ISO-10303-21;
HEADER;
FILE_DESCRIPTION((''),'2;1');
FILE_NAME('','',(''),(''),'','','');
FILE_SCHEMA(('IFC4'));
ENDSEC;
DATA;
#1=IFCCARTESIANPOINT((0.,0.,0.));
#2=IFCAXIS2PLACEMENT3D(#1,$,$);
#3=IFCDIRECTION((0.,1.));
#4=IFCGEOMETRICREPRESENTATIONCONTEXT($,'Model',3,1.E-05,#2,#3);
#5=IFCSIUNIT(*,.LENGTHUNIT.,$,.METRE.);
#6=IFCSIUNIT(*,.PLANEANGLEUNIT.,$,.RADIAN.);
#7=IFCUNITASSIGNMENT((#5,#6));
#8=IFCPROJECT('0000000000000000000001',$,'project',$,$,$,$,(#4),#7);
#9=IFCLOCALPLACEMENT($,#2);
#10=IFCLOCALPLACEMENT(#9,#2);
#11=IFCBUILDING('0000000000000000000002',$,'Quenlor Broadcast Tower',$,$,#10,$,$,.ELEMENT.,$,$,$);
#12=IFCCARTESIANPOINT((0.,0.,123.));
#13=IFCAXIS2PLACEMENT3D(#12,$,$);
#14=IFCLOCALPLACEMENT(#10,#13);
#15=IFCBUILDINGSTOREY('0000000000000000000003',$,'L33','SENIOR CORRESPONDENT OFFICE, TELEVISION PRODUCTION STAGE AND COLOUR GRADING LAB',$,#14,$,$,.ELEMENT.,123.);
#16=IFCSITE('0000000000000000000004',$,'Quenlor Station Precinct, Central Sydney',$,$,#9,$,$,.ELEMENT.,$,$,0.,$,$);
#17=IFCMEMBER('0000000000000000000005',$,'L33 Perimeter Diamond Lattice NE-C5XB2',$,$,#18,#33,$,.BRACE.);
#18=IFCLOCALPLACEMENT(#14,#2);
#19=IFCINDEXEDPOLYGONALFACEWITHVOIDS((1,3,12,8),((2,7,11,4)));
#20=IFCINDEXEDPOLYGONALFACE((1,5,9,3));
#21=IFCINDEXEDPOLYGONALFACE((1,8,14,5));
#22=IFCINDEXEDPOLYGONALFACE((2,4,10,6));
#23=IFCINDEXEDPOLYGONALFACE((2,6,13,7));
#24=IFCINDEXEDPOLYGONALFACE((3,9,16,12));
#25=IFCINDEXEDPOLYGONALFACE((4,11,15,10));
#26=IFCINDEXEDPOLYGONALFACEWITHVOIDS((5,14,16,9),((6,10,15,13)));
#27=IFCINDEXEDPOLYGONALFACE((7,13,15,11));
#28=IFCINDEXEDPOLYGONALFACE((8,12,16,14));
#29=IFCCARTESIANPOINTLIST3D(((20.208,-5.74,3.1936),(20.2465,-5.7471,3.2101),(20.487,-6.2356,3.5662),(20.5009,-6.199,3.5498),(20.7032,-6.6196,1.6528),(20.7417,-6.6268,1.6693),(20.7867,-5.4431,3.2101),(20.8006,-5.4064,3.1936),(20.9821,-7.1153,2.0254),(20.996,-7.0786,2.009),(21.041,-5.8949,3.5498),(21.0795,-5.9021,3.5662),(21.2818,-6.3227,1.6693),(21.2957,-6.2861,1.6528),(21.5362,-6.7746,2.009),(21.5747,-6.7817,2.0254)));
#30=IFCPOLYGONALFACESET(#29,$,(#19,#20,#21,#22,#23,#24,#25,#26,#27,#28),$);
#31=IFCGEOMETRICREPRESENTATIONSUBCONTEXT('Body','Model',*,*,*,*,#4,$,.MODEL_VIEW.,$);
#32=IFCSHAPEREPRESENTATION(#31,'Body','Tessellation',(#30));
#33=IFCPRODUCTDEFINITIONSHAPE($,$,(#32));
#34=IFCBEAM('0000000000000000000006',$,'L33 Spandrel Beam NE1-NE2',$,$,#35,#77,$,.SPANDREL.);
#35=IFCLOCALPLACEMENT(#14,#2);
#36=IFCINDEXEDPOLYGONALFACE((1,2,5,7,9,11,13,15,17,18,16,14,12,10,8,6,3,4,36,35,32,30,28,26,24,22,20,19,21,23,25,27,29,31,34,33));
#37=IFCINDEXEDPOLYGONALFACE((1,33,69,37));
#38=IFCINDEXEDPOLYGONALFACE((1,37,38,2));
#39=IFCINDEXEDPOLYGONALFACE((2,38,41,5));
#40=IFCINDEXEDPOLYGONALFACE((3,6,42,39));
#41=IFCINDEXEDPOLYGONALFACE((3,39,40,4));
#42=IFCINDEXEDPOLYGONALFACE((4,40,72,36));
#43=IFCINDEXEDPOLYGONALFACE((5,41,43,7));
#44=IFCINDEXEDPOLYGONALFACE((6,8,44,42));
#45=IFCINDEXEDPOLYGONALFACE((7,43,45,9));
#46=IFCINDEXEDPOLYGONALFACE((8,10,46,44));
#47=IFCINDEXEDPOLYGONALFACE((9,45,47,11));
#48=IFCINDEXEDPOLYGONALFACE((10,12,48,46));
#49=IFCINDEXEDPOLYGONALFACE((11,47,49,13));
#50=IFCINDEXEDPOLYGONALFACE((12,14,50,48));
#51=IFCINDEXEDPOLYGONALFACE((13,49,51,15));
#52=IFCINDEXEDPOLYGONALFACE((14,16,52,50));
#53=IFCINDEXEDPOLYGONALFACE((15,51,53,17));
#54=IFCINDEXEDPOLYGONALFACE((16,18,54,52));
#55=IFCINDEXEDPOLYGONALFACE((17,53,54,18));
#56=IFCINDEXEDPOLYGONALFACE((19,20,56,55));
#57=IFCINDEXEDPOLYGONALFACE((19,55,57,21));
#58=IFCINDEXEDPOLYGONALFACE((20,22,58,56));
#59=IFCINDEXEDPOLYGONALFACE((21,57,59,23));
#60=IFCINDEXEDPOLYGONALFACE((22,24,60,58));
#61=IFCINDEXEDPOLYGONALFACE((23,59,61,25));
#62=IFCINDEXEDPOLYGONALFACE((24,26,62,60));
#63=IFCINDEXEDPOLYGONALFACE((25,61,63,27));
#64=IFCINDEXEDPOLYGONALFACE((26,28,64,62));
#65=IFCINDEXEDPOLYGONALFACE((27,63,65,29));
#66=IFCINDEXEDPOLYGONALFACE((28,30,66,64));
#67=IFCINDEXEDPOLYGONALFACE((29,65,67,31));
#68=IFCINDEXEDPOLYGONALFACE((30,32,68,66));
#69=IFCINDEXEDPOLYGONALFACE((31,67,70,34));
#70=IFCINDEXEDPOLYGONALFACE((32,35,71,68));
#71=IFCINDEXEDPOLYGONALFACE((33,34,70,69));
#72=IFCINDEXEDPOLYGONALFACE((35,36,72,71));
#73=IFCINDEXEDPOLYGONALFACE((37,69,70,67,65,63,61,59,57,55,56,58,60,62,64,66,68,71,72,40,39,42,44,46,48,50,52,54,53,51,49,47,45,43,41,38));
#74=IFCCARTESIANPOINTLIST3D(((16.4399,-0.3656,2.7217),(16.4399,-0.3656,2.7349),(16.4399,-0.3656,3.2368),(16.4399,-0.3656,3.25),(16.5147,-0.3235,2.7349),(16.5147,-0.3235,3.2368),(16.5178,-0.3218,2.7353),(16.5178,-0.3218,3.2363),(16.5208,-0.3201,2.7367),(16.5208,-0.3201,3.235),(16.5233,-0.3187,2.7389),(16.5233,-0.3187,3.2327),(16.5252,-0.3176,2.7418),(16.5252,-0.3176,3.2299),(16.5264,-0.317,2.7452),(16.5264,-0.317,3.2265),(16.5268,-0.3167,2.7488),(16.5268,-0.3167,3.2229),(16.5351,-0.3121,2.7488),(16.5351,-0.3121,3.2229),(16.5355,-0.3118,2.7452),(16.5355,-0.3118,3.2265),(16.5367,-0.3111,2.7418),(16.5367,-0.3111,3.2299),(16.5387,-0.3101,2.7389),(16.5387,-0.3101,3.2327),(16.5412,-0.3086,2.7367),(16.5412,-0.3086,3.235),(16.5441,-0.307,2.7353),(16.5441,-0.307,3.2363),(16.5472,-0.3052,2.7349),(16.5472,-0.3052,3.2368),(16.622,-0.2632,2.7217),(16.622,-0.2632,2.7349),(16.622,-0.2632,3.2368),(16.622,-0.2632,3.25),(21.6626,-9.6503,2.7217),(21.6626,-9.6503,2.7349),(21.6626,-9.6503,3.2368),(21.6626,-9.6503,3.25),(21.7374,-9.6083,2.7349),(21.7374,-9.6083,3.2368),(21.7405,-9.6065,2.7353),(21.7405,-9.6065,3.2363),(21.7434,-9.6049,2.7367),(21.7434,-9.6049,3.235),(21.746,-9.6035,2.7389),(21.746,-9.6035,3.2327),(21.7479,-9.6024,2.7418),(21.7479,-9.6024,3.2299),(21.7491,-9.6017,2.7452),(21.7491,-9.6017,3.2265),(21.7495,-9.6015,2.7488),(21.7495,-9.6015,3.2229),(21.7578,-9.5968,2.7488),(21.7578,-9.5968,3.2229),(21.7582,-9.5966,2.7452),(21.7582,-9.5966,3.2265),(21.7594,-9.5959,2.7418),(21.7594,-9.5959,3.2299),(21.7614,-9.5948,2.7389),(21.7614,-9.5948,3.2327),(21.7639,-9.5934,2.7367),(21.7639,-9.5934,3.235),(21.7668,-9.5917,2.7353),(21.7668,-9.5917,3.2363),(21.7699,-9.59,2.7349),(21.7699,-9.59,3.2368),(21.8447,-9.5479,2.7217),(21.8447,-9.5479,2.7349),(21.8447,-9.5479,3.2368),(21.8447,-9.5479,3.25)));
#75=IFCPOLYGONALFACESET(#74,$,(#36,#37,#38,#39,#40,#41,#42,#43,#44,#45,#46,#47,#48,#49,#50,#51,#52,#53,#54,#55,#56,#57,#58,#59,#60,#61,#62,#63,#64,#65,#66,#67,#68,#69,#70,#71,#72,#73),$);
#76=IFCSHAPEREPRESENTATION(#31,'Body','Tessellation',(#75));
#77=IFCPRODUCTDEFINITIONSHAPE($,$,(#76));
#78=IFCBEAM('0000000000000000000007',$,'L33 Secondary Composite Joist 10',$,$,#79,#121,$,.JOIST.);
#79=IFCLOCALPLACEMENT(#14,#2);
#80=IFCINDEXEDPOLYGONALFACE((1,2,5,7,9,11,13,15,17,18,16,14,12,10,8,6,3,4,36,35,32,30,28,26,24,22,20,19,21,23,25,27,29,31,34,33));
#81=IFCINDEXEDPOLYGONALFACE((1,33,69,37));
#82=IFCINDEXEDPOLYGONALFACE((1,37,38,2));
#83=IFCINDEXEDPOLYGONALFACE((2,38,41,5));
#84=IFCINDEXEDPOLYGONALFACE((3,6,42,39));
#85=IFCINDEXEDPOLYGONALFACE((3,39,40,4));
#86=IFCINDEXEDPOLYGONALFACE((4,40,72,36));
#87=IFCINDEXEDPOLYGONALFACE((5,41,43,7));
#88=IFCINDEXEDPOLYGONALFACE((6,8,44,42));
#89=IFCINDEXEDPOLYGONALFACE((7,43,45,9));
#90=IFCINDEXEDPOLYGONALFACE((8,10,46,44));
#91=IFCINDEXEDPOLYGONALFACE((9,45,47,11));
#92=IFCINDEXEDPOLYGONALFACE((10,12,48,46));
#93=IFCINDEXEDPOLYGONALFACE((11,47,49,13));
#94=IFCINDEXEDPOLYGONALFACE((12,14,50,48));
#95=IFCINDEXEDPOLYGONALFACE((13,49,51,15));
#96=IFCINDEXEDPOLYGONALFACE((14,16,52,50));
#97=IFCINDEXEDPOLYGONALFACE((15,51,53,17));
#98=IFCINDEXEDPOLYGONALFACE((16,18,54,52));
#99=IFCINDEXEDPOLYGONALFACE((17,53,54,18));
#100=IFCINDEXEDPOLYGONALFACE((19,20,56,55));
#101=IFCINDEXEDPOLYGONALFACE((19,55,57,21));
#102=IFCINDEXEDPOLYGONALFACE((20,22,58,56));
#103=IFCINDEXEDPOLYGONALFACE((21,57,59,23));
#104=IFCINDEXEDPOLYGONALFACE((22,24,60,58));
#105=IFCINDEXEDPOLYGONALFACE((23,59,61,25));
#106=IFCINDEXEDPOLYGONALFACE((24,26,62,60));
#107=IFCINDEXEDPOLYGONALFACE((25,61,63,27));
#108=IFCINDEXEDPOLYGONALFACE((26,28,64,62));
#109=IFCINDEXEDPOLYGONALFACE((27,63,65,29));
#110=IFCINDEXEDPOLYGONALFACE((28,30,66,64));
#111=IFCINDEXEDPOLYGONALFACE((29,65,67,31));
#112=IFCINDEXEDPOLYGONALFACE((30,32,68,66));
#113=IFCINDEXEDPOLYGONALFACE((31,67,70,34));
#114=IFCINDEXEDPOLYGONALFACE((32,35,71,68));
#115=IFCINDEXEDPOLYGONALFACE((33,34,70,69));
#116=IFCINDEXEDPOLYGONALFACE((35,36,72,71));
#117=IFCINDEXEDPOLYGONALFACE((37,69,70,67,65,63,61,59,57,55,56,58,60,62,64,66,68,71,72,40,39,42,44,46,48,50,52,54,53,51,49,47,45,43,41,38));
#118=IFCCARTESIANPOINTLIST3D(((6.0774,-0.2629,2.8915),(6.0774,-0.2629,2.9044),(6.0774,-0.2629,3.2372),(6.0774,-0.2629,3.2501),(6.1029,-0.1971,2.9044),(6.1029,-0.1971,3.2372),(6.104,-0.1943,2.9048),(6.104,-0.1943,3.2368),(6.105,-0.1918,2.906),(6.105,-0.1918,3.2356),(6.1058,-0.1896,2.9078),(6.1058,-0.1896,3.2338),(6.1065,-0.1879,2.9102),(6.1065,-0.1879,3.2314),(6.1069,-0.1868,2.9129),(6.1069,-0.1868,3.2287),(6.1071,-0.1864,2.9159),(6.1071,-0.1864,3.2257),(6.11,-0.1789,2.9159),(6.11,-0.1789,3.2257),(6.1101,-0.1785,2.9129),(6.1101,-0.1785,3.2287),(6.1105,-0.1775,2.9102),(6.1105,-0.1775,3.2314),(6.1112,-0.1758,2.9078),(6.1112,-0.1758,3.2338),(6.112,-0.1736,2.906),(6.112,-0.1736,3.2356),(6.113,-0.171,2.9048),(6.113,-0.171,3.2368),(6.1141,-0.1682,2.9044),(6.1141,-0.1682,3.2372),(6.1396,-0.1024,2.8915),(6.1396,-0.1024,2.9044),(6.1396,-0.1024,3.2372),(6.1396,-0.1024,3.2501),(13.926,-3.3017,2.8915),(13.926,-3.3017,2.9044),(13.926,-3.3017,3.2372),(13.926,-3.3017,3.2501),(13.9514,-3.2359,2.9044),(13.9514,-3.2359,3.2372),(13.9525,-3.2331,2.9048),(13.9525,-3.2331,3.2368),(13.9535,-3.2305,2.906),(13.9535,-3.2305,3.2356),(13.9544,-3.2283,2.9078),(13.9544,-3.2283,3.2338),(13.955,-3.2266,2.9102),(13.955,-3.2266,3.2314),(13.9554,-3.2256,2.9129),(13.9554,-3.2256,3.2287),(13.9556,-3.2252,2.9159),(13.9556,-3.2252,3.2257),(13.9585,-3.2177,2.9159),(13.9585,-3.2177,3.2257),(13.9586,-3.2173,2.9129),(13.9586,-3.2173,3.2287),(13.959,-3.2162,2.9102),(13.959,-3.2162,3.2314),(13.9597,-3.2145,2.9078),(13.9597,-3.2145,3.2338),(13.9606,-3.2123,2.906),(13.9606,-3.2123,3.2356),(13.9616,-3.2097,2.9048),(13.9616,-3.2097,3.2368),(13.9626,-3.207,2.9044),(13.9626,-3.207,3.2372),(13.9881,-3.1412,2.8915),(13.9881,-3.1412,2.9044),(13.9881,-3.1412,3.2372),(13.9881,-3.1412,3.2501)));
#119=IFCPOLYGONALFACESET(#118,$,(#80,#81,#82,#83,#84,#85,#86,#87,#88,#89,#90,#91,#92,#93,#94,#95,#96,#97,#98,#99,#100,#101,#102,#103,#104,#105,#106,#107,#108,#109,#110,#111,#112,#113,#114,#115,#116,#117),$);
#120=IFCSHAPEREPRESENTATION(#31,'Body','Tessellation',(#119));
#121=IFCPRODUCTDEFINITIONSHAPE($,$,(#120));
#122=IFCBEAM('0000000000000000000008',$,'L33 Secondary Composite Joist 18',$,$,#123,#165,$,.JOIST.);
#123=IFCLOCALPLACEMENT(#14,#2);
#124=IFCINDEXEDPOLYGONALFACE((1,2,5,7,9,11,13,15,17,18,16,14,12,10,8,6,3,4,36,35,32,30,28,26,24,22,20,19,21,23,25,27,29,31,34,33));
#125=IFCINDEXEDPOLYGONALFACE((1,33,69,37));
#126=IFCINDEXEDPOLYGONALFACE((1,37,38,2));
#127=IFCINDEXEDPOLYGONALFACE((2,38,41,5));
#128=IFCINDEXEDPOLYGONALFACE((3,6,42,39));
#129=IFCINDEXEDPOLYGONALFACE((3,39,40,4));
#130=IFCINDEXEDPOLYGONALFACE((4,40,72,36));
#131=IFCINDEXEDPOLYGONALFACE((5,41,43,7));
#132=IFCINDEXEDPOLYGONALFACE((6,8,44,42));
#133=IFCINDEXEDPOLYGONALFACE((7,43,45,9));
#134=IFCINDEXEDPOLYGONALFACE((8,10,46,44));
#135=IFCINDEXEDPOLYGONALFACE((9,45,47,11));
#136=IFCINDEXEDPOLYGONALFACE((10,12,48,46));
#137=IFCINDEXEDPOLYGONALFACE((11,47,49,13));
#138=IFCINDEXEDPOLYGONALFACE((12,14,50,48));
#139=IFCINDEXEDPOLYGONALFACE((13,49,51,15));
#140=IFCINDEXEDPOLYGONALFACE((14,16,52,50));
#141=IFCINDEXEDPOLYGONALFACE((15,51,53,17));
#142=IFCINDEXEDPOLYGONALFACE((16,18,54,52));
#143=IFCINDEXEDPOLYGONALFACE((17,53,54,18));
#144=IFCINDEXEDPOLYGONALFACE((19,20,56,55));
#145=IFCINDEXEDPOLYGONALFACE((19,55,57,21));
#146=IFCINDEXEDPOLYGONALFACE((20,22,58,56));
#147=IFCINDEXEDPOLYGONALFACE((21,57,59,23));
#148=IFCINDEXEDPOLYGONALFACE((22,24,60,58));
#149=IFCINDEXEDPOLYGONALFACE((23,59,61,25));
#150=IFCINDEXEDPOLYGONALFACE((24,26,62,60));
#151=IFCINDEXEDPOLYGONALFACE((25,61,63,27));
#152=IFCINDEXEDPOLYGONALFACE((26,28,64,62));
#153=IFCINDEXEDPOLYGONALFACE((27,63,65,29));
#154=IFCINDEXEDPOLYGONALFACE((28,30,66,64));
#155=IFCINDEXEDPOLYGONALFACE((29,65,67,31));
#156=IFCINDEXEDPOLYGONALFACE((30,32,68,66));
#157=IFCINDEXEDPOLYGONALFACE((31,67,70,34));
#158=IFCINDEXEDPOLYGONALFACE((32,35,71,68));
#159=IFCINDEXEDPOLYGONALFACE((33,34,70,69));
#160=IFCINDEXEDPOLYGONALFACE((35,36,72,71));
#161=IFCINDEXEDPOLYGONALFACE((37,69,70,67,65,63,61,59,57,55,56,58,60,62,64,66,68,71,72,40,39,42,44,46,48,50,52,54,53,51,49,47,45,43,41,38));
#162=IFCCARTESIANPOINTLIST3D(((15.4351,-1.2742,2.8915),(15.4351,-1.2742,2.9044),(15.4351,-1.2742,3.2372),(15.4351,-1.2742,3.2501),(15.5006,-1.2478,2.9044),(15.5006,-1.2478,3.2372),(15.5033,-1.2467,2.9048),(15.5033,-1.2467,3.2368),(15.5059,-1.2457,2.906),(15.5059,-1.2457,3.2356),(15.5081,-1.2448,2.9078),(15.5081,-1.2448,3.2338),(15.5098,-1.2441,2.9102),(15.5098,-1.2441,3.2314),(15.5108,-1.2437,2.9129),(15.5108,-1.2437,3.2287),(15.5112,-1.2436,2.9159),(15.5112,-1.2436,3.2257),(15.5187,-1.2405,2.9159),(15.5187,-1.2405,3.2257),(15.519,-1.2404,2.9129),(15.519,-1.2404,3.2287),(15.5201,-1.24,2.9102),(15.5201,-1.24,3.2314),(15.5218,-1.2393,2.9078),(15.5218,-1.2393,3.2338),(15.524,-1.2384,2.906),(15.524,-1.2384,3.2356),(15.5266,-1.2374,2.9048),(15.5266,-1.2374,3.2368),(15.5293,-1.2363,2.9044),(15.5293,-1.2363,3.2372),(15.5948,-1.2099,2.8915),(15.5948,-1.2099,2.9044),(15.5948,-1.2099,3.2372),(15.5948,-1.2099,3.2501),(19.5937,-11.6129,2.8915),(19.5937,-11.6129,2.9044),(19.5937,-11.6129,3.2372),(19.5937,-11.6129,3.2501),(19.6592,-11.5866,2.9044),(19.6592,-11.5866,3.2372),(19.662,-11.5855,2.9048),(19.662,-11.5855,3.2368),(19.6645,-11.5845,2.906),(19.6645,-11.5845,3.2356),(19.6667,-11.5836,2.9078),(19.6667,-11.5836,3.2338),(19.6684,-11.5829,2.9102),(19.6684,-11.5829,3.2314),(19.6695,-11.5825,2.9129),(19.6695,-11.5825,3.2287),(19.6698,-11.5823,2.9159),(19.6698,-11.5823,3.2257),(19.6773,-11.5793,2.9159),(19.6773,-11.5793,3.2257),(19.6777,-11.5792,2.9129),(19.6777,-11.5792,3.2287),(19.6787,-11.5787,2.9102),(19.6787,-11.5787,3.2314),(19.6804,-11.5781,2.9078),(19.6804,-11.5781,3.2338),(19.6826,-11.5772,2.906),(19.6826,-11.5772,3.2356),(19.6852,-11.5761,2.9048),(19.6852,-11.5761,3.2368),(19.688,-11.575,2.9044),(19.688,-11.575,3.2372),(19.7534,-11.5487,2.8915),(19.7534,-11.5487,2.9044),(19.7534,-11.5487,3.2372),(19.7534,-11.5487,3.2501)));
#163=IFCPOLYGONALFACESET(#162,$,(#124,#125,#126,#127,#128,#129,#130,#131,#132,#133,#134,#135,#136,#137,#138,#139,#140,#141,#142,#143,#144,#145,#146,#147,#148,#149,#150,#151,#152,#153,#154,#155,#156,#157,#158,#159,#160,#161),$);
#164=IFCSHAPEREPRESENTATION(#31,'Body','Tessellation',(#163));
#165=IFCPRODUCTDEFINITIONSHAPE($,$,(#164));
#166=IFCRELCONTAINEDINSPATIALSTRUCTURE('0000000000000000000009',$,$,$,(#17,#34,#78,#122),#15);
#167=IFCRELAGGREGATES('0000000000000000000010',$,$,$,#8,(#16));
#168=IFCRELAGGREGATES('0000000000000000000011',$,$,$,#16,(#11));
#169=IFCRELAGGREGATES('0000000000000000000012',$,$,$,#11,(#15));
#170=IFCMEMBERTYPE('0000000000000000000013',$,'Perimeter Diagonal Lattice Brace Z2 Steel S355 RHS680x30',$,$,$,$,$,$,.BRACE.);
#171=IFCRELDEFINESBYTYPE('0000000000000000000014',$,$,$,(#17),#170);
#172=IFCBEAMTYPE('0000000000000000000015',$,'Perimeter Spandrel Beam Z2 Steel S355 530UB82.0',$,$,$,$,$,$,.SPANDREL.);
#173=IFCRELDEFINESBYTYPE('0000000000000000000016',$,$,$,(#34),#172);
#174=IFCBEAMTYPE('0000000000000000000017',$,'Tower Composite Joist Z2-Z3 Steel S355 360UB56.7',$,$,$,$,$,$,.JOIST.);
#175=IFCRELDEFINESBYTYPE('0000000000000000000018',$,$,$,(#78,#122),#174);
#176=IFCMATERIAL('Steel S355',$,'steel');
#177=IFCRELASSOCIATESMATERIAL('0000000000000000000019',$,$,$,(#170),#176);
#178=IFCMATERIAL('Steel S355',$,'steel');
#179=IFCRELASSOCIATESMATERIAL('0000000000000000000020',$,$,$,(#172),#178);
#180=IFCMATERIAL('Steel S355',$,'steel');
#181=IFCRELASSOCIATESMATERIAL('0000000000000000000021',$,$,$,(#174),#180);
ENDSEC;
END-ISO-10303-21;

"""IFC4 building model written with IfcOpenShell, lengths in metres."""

from ifc_helpers import new_model, si_unit, direction, frame, origin, origin_2d, place, context, subcontext, project, spatial, hollow_rectangle, i_section, extrude, material, material_profile, profile_set, type_object, element, save


model = new_model("IFC4")

# Units and contexts
model_context = context("Model", 3, precision=1e-05, world=origin(), true_north=direction((0.0, 1.0)))
body_context = subcontext(model_context, "Body", "Model", "MODEL_VIEW")
ifc_project = project(units=[si_unit("LENGTHUNIT", "METRE"), si_unit("PLANEANGLEUNIT", "RADIAN")], contexts=[model_context])

# Site, building, storey
site_placement = place(None, origin())
site = spatial("IfcSite", under=ifc_project, at=site_placement, Name="Quenlor Station Precinct, Central Sydney", CompositionType="ELEMENT", RefElevation=0.0)
building_placement = place(site_placement, origin())
building = spatial("IfcBuilding", under=site, at=building_placement, Name="Quenlor Broadcast Tower", CompositionType="ELEMENT")
storey_placement = place(building_placement, frame((0.0, 0.0, 123.0)))
storey = spatial("IfcBuildingStorey", under=building, at=storey_placement, Name="L33", Description="SENIOR CORRESPONDENT OFFICE, TELEVISION PRODUCTION STAGE AND COLOUR GRADING LAB", CompositionType="ELEMENT", Elevation=123.0)

# Member
ifc_material_1 = material(Name="Steel S355", Category="steel")
ifc_material_profile_1 = material_profile(ifc_material_1, hollow_rectangle(XDim=0.6799, YDim=0.6799, WallThickness=0.03, at=origin_2d()))
ifc_profile_set_1 = profile_set([ifc_material_profile_1], Name="Steel S355 RHS680x680x30")
member_type_1 = type_object("IfcMemberType", Name="Perimeter Diagonal Lattice Brace Z2 Steel S355 RHS680x30", PredefinedType="BRACE", material=ifc_profile_set_1)
member_1_placement = place(storey_placement, frame((21.1389, -6.7007, 1.8391), z_axis=(-0.268797, 0.477551, 0.836477), x_axis=(-0.87144, -0.490502, 0.0)))
element("IfcMember", 1, at=member_1_placement, inside=storey, type_object=member_type_1, Name="L33 Perimeter Diamond Lattice NE-C5XB2", PredefinedType="BRACE", context=body_context, shape_type="SweptSolid", body=[
    extrude(hollow_rectangle(XDim=0.6799, YDim=0.6799, WallThickness=0.03, at=origin_2d()), origin(), (0.0, 0.0, 1.0), 1.842),
])

# Beams
ifc_material_2 = material(Name="Steel S355", Category="steel")
ifc_material_profile_2 = material_profile(ifc_material_2, i_section(OverallWidth=0.209, OverallDepth=0.5283, WebThickness=0.0095, FlangeThickness=0.0132, FilletRadius=0.0139, at=origin_2d()))
ifc_profile_set_2 = profile_set([ifc_material_profile_2], Name="Steel S355 530UB82.0")
beam_type_1 = type_object("IfcBeamType", Name="Perimeter Spandrel Beam Z2 Steel S355 530UB82.0", PredefinedType="SPANDREL", material=ifc_profile_set_2)
beam_1_placement = place(storey_placement, frame((21.7537, -9.5991, 2.9858), z_axis=(-0.490263, 0.871574, 0.0), x_axis=(-0.871574, -0.490263, 0.0)))
element("IfcBeam", 2, at=beam_1_placement, inside=storey, type_object=beam_type_1, Name="L33 Spandrel Beam NE1-NE2", PredefinedType="SPANDREL", context=body_context, shape_type="SweptSolid", body=[
    extrude(i_section(OverallWidth=0.209, OverallDepth=0.5283, WebThickness=0.0095, FlangeThickness=0.0132, FilletRadius=0.0139, at=origin_2d()), origin(), (0.0, 0.0, 1.0), 10.6528),
])
ifc_material_3 = material(Name="Steel S355", Category="steel")
ifc_material_profile_3 = material_profile(ifc_material_3, i_section(OverallWidth=0.1721, OverallDepth=0.3586, WebThickness=0.0081, FlangeThickness=0.0129, FilletRadius=0.0115, at=origin_2d()))
ifc_profile_set_3 = profile_set([ifc_material_profile_3], Name="Steel S355 360UB56.7")
beam_type_2 = type_object("IfcBeamType", Name="Tower Composite Joist Z2-Z3 Steel S355 360UB56.7", PredefinedType="JOIST", material=ifc_profile_set_3)
beam_2_placement = place(storey_placement, frame((13.957, -3.2214, 3.0708), z_axis=(-0.932543, 0.36106, 0.0), x_axis=(-0.36106, -0.932543, 0.0)))
element("IfcBeam", 3, at=beam_2_placement, inside=storey, type_object=beam_type_2, Name="L33 Secondary Composite Joist 10", PredefinedType="JOIST", context=body_context, shape_type="SweptSolid", body=[
    extrude(i_section(OverallWidth=0.1721, OverallDepth=0.3586, WebThickness=0.0081, FlangeThickness=0.0129, FilletRadius=0.0115, at=origin_2d()), origin(), (0.0, 0.0, 1.0), 8.4163),
])
beam_3_placement = place(storey_placement, frame((19.6736, -11.5808, 3.0708), z_axis=(-0.37318, 0.927759, 0.0), x_axis=(-0.927759, -0.37318, 0.0)))
element("IfcBeam", 4, at=beam_3_placement, inside=storey, type_object=beam_type_2, Name="L33 Secondary Composite Joist 18", PredefinedType="JOIST", context=body_context, shape_type="SweptSolid", body=[
    extrude(i_section(OverallWidth=0.1721, OverallDepth=0.3586, WebThickness=0.0081, FlangeThickness=0.0129, FilletRadius=0.0115, at=origin_2d()), origin(), (0.0, 0.0, 1.0), 11.1438),
])

save(model, "model.ifc")
